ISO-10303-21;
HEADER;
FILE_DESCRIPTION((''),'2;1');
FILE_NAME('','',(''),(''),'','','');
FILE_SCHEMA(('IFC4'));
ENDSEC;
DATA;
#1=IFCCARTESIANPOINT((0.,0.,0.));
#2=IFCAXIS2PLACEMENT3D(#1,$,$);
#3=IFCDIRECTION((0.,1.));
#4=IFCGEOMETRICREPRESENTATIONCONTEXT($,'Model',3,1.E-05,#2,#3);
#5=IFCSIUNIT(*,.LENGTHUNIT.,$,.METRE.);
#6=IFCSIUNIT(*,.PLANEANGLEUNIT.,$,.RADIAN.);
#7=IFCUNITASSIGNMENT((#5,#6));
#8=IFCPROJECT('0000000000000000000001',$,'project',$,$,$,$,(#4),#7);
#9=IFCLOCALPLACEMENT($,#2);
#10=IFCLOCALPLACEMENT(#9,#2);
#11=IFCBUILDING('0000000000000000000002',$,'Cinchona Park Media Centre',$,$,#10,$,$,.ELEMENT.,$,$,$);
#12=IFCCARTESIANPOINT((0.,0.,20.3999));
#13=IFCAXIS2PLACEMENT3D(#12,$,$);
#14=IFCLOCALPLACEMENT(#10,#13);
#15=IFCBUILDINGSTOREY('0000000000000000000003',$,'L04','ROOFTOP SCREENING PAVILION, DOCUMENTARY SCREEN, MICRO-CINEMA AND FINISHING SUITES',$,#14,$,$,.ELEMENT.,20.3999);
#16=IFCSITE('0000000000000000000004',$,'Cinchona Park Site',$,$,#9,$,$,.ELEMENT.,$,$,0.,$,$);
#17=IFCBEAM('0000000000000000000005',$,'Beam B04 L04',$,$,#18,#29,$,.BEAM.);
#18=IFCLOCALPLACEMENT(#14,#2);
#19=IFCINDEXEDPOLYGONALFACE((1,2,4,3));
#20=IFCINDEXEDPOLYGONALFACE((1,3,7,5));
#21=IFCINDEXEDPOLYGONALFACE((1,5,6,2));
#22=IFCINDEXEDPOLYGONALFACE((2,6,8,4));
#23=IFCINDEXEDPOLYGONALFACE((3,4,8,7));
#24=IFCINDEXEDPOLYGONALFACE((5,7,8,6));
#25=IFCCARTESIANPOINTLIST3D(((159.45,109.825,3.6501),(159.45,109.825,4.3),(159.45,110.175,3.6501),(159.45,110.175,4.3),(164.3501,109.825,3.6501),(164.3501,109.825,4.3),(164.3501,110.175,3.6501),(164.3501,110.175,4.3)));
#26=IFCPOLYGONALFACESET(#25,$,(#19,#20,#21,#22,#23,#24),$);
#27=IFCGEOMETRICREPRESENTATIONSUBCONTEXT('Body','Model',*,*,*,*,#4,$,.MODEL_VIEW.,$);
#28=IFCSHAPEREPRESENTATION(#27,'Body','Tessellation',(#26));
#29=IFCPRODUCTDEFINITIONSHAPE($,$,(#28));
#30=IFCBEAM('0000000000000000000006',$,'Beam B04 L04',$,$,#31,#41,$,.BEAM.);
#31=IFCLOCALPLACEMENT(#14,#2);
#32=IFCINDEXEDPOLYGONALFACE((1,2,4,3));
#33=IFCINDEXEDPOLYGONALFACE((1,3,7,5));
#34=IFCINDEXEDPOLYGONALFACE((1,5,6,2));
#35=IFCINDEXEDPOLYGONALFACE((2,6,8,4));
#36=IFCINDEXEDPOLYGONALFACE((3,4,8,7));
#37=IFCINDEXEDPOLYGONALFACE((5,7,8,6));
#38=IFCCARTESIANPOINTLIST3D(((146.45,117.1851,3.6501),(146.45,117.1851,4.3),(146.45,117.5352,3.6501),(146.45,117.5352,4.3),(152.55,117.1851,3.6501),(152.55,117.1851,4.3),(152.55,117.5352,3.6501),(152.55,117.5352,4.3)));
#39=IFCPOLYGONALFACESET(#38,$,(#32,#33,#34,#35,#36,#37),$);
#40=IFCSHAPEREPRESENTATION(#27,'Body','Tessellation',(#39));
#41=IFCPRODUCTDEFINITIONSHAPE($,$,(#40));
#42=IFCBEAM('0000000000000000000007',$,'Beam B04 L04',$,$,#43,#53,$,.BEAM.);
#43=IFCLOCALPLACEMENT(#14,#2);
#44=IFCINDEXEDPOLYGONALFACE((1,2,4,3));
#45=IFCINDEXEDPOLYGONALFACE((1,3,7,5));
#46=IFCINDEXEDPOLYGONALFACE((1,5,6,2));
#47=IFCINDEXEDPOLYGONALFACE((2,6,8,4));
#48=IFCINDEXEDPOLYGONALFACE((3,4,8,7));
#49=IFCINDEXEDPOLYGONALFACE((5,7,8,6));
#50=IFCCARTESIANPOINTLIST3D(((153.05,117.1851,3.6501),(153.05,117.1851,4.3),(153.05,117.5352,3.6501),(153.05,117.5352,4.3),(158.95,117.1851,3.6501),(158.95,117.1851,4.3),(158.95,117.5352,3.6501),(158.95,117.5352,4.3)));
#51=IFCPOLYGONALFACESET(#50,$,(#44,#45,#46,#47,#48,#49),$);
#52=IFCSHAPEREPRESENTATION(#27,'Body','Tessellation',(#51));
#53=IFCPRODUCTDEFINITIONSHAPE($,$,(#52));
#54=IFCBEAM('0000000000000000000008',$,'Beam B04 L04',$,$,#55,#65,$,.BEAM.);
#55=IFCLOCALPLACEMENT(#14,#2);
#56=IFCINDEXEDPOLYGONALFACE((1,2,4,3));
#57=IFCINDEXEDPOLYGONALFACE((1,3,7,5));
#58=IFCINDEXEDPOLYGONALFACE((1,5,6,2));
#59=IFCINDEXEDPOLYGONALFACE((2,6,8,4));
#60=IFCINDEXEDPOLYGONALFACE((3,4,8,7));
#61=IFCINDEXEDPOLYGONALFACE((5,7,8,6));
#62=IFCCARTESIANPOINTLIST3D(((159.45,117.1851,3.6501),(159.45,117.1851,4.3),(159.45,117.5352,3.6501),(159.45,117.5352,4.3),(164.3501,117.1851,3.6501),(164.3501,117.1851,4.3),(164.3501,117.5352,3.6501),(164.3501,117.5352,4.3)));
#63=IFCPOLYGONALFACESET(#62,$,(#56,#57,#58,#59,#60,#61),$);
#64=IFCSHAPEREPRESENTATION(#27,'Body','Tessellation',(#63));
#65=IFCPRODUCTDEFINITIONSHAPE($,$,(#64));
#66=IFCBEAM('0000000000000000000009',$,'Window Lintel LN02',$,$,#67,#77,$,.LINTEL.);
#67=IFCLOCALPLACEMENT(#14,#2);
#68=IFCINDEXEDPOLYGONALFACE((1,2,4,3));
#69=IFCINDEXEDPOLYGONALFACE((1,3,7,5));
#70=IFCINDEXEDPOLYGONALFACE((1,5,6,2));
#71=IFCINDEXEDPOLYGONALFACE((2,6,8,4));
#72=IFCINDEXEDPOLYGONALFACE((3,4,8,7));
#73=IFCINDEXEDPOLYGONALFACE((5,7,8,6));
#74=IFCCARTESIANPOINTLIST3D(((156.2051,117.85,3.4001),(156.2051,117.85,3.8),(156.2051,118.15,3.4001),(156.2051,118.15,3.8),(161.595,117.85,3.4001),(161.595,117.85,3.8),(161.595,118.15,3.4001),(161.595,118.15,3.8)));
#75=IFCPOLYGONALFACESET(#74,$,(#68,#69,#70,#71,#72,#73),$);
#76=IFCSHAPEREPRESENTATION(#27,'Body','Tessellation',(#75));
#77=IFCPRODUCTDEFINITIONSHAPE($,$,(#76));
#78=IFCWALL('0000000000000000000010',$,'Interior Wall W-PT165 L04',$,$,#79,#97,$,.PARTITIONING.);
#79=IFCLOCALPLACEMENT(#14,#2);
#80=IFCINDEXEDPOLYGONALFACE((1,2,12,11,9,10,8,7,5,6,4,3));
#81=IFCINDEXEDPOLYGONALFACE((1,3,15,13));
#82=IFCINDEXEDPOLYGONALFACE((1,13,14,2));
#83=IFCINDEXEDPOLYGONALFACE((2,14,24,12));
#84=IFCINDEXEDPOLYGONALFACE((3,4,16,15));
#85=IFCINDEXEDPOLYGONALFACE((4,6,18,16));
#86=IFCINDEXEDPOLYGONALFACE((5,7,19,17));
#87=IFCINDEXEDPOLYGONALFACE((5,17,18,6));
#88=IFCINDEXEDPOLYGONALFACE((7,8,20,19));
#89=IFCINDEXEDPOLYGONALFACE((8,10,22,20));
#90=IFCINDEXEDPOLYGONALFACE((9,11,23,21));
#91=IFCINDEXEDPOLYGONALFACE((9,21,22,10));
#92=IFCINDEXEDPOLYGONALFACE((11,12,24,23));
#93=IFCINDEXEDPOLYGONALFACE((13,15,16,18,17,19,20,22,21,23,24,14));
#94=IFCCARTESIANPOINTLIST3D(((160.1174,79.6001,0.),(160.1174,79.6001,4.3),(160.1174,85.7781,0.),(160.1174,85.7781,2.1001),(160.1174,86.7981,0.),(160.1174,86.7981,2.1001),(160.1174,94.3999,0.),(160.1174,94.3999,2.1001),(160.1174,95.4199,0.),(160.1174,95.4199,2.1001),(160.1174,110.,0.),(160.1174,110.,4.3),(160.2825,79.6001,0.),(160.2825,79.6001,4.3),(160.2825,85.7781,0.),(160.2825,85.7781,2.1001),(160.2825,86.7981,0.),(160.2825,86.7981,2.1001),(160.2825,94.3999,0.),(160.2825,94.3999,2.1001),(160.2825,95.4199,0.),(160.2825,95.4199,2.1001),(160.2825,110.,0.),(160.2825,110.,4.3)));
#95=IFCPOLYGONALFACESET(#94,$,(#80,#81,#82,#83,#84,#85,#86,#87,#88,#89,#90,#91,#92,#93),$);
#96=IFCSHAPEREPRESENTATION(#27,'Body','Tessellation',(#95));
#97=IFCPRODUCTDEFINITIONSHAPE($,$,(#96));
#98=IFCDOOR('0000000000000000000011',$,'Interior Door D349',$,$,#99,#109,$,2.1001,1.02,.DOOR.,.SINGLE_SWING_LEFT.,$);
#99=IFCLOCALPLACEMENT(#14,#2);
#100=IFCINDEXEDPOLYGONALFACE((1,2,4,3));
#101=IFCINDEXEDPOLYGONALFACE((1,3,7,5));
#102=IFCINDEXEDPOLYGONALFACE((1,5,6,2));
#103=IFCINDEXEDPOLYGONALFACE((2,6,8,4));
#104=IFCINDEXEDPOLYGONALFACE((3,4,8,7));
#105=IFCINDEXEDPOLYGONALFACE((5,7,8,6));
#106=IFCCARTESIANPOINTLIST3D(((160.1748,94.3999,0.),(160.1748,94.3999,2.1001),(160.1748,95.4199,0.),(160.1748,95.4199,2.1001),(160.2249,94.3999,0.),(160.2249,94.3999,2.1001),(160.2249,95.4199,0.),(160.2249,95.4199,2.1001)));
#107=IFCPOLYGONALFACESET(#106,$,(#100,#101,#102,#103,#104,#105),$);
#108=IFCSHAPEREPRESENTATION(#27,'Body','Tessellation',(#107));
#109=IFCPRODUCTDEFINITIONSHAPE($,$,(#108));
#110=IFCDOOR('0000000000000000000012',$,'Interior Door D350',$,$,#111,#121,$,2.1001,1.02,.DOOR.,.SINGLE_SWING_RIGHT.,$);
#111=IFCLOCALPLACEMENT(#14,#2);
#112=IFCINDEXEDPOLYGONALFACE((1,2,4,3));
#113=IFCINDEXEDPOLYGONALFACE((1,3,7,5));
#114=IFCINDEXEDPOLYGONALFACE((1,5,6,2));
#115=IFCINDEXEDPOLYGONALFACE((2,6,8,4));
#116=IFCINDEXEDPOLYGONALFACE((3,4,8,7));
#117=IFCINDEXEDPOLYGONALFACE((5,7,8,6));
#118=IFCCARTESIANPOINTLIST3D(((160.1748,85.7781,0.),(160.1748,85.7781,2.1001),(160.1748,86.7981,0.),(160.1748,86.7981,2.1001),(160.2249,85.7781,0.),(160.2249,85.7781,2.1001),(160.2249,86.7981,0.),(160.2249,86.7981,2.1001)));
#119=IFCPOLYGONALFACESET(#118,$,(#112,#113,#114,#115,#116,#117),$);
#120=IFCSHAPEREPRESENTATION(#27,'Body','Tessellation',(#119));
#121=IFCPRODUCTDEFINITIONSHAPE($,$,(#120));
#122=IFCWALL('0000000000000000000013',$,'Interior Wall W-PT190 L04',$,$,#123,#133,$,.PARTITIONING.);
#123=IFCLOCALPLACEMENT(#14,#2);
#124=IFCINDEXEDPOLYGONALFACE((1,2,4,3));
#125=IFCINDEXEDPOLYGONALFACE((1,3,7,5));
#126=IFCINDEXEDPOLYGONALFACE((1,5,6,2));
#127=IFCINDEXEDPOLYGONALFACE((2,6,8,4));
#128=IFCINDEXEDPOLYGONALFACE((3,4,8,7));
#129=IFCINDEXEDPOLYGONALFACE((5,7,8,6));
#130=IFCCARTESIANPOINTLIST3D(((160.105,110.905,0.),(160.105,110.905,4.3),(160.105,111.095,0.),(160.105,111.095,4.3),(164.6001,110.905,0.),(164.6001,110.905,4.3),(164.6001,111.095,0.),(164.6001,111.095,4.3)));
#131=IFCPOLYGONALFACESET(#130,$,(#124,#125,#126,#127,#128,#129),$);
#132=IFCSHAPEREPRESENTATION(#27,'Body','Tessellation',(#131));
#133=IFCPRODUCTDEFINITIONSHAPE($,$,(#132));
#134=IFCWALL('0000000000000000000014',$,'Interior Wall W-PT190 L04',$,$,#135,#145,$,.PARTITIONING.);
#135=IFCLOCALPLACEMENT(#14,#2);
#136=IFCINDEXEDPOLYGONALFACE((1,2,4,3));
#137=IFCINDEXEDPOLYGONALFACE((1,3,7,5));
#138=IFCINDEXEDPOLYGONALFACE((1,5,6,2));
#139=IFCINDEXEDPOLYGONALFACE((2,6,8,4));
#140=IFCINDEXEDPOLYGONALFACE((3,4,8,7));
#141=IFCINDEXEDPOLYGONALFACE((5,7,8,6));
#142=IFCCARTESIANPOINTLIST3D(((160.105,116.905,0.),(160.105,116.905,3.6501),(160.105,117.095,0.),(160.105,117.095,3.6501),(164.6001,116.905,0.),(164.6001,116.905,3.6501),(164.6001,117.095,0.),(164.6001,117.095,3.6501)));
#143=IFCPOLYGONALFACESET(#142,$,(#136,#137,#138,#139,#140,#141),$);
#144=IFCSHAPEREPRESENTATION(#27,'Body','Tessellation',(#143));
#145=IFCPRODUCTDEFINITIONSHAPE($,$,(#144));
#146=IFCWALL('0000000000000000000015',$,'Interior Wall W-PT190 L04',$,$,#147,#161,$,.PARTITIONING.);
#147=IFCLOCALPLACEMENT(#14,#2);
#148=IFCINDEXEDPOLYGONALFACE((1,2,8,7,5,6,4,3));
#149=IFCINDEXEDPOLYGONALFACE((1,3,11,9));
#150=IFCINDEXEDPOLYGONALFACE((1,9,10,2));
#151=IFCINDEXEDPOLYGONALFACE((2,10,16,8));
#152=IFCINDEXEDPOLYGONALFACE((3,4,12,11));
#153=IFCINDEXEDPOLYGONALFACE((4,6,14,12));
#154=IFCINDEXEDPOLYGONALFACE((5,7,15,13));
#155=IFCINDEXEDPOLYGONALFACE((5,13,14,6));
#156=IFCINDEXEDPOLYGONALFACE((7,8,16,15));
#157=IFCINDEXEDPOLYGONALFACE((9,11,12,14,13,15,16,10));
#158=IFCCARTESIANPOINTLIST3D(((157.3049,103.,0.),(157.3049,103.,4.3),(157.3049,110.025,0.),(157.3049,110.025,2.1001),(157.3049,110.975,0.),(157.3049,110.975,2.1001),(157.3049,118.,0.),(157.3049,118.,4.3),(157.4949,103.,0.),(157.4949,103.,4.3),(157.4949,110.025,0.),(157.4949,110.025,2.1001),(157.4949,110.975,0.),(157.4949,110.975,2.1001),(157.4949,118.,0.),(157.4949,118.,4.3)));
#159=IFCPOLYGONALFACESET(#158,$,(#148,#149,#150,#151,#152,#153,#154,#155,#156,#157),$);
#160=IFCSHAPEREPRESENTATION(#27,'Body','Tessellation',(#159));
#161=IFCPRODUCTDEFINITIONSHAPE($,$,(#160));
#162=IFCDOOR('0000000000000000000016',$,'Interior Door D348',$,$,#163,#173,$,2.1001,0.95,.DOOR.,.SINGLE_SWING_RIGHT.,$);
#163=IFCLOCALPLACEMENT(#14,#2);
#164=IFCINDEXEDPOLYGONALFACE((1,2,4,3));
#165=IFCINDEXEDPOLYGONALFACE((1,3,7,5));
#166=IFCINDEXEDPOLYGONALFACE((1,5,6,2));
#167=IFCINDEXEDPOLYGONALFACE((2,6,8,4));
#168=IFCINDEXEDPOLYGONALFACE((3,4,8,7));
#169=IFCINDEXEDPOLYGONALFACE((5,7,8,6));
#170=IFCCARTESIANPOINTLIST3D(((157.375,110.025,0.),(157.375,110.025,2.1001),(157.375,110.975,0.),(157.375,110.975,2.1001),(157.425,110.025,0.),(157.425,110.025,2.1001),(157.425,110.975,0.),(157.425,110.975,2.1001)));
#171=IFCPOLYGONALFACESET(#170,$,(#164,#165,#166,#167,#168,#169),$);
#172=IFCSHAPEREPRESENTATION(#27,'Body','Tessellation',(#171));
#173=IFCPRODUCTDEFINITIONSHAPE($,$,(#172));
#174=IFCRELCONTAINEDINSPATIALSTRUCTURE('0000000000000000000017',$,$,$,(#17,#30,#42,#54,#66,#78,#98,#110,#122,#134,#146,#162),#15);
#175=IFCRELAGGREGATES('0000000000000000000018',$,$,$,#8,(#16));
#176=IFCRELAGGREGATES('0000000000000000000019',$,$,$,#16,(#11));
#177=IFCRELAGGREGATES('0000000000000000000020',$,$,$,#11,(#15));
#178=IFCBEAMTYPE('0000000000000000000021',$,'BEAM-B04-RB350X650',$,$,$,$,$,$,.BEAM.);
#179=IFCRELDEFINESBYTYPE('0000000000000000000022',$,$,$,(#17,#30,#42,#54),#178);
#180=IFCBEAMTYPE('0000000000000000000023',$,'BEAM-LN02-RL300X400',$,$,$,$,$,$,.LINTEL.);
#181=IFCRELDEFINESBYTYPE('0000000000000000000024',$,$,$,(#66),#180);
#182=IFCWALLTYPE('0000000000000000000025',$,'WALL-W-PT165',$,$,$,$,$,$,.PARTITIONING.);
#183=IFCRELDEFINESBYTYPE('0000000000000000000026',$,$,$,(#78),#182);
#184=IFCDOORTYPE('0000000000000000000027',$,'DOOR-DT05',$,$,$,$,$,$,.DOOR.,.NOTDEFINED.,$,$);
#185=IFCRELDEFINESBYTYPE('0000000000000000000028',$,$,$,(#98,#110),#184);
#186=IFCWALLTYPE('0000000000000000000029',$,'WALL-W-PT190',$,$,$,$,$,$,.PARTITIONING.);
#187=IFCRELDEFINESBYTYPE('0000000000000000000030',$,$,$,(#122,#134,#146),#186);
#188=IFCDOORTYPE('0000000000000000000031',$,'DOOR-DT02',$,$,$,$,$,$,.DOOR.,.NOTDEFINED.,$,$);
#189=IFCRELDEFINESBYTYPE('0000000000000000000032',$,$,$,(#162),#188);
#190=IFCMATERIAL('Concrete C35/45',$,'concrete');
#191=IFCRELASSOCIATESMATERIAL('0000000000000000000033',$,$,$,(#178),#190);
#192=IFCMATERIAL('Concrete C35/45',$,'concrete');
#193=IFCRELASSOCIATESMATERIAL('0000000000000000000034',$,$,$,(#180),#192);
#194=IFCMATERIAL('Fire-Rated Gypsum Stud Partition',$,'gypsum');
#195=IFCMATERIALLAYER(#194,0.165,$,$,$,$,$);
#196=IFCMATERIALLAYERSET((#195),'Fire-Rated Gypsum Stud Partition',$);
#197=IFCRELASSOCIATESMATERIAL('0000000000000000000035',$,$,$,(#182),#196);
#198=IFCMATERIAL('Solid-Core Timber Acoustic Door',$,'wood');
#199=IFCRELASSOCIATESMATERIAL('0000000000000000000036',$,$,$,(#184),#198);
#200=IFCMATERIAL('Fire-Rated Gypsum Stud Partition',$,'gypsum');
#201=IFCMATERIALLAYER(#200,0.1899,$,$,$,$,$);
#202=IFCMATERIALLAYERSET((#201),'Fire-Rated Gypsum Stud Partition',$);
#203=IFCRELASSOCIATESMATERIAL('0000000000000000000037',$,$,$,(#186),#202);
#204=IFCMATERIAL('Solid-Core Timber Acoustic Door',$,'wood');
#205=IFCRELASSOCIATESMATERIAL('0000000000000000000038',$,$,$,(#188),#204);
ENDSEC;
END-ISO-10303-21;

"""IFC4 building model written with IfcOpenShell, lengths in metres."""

from ifc_helpers import new_model, si_unit, direction, frame, frame_2d, origin, origin_2d, place, context, subcontext, project, spatial, rectangle, extrude, material, layer, layer_set, material_profile, profile_set, type_object, element, fill, save


model = new_model("IFC4")

# Units and contexts
model_context = context("Model", 3, precision=1e-05, world=origin(), true_north=direction((0.0, 1.0)))
body_context = subcontext(model_context, "Body", "Model", "MODEL_VIEW")
ifc_project = project(units=[si_unit("LENGTHUNIT", "METRE"), si_unit("PLANEANGLEUNIT", "RADIAN")], contexts=[model_context])

# Site, building, storey
site_placement = place(None, origin())
site = spatial("IfcSite", under=ifc_project, at=site_placement, Name="Cinchona Park Site", CompositionType="ELEMENT", RefElevation=0.0)
building_placement = place(site_placement, origin())
building = spatial("IfcBuilding", under=site, at=building_placement, Name="Cinchona Park Media Centre", CompositionType="ELEMENT")
storey_placement = place(building_placement, frame((0.0, 0.0, 20.3999)))
storey = spatial("IfcBuildingStorey", under=building, at=storey_placement, Name="L04", Description="ROOFTOP SCREENING PAVILION, DOCUMENTARY SCREEN, MICRO-CINEMA AND FINISHING SUITES", CompositionType="ELEMENT", Elevation=20.3999)

# Beams
ifc_material_1 = material(Name="Concrete C35/45", Category="concrete")
ifc_material_profile_1 = material_profile(ifc_material_1, rectangle(XDim=0.3501, YDim=0.6499, at=origin_2d()), Name="RB 350X650")
ifc_profile_set_1 = profile_set([ifc_material_profile_1], Name="Concrete C35/45")
beam_type_1 = type_object("IfcBeamType", Name="BEAM-B04-RB350X650", PredefinedType="BEAM", material=ifc_profile_set_1)
beam_1_placement = place(storey_placement, frame((159.45, 110.0, 3.9751), z_axis=(1.0, 0.0, 0.0), x_axis=(0.0, 1.0, 0.0)))
element("IfcBeam", 1, at=beam_1_placement, inside=storey, type_object=beam_type_1, Name="Beam B04 L04", PredefinedType="BEAM", context=body_context, shape_type="SweptSolid", body=[
    extrude(rectangle(XDim=0.3501, YDim=0.6499, at=origin_2d()), origin(), (0.0, 0.0, 1.0), 4.9001),
])
beam_2_placement = place(storey_placement, frame((146.45, 117.3601, 3.9751), z_axis=(1.0, 0.0, 0.0), x_axis=(0.0, 1.0, 0.0)))
element("IfcBeam", 2, at=beam_2_placement, inside=storey, type_object=beam_type_1, Name="Beam B04 L04", PredefinedType="BEAM", context=body_context, shape_type="SweptSolid", body=[
    extrude(rectangle(XDim=0.3501, YDim=0.6499, at=origin_2d()), origin(), (0.0, 0.0, 1.0), 6.1001),
])
beam_3_placement = place(storey_placement, frame((153.05, 117.3601, 3.9751), z_axis=(1.0, 0.0, 0.0), x_axis=(0.0, 1.0, 0.0)))
element("IfcBeam", 3, at=beam_3_placement, inside=storey, type_object=beam_type_1, Name="Beam B04 L04", PredefinedType="BEAM", context=body_context, shape_type="SweptSolid", body=[
    extrude(rectangle(XDim=0.3501, YDim=0.6499, at=origin_2d()), origin(), (0.0, 0.0, 1.0), 5.8999),
])
beam_4_placement = place(storey_placement, frame((159.45, 117.3601, 3.9751), z_axis=(1.0, 0.0, 0.0), x_axis=(0.0, 1.0, 0.0)))
element("IfcBeam", 4, at=beam_4_placement, inside=storey, type_object=beam_type_1, Name="Beam B04 L04", PredefinedType="BEAM", context=body_context, shape_type="SweptSolid", body=[
    extrude(rectangle(XDim=0.3501, YDim=0.6499, at=origin_2d()), origin(), (0.0, 0.0, 1.0), 4.9001),
])
ifc_material_2 = material(Name="Concrete C35/45", Category="concrete")
ifc_material_profile_2 = material_profile(ifc_material_2, rectangle(XDim=0.3, YDim=0.3999, at=origin_2d()), Name="RL 300X400")
ifc_profile_set_2 = profile_set([ifc_material_profile_2], Name="Concrete C35/45")
beam_type_2 = type_object("IfcBeamType", Name="BEAM-LN02-RL300X400", PredefinedType="LINTEL", material=ifc_profile_set_2)
beam_5_placement = place(storey_placement, frame((156.2051, 118.0, 3.6001), z_axis=(1.0, 0.0, 0.0), x_axis=(0.0, 1.0, 0.0)))
element("IfcBeam", 5, at=beam_5_placement, inside=storey, type_object=beam_type_2, Name="Window Lintel LN02", PredefinedType="LINTEL", context=body_context, shape_type="SweptSolid", body=[
    extrude(rectangle(XDim=0.3, YDim=0.3999, at=origin_2d()), origin(), (0.0, 0.0, 1.0), 5.3899),
])

# Wall, openings, doors
ifc_material_3 = material(Name="Fire-Rated Gypsum Stud Partition", Category="gypsum")
ifc_layer_1 = layer(ifc_material_3, 0.165)
ifc_layer_set_1 = layer_set([ifc_layer_1], Name="Fire-Rated Gypsum Stud Partition")
wall_type_1 = type_object("IfcWallType", Name="WALL-W-PT165", PredefinedType="PARTITIONING", material=ifc_layer_set_1)
wall_1_placement = place(storey_placement, frame((160.2, 110.0, 0.0), z_axis=(0.0, 0.0, 1.0), x_axis=(0.0, -1.0, 0.0)))
wall_1 = element("IfcWall", 6, at=wall_1_placement, inside=storey, type_object=wall_type_1, Name="Interior Wall W-PT165 L04", PredefinedType="PARTITIONING", context=body_context, shape_type="SweptSolid", body=[
    extrude(rectangle(XDim=30.3999, YDim=0.165, at=frame_2d((15.2, 0.0))), origin(), (0.0, 0.0, 1.0), 4.3),
])
opening_1_placement = place(wall_1_placement, frame((14.5801, 0.0, 0.0)))
opening_1 = element("IfcOpeningElement", 7, at=opening_1_placement, cuts=wall_1, PredefinedType="OPENING", context=body_context, shape_type="SweptSolid", body=[
    extrude(rectangle(XDim=1.02, YDim=2.1001, at=frame_2d((0.51, 1.05))), frame((0.0, 0.0925, 0.0), z_axis=(0.0, -1.0, 0.0), x_axis=(1.0, 0.0, 0.0)), (0.0, 0.0, 1.0), 0.1851),
])
opening_2_placement = place(wall_1_placement, frame((23.2019, 0.0, 0.0)))
opening_2 = element("IfcOpeningElement", 8, at=opening_2_placement, cuts=wall_1, PredefinedType="OPENING", context=body_context, shape_type="SweptSolid", body=[
    extrude(rectangle(XDim=1.02, YDim=2.1001, at=frame_2d((0.51, 1.05))), frame((0.0, 0.0925, 0.0), z_axis=(0.0, -1.0, 0.0), x_axis=(1.0, 0.0, 0.0)), (0.0, 0.0, 1.0), 0.1851),
])
ifc_material_4 = material(Name="Solid-Core Timber Acoustic Door", Category="wood")
door_type_1 = type_object("IfcDoorType", Name="DOOR-DT05", OperationType="NOTDEFINED", PredefinedType="DOOR", material=ifc_material_4)
door_1_placement = place(opening_1_placement, origin())
door_1 = element("IfcDoor", 9, at=door_1_placement, inside=storey, type_object=door_type_1, Name="Interior Door D349", OperationType="SINGLE_SWING_LEFT", OverallHeight=2.1001, OverallWidth=1.02, PredefinedType="DOOR", context=body_context, shape_type="SweptSolid", body=[
    extrude(rectangle(XDim=1.02, YDim=2.1001, at=frame_2d((0.51, 1.05))), frame((0.0, 0.0249, 0.0), z_axis=(0.0, -1.0, 0.0), x_axis=(1.0, 0.0, 0.0)), (0.0, 0.0, 1.0), 0.05),
])
fill(opening_1, door_1)
door_2_placement = place(opening_2_placement, origin())
door_2 = element("IfcDoor", 10, at=door_2_placement, inside=storey, type_object=door_type_1, Name="Interior Door D350", OperationType="SINGLE_SWING_RIGHT", OverallHeight=2.1001, OverallWidth=1.02, PredefinedType="DOOR", context=body_context, shape_type="SweptSolid", body=[
    extrude(rectangle(XDim=1.02, YDim=2.1001, at=frame_2d((0.51, 1.05))), frame((0.0, 0.0249, 0.0), z_axis=(0.0, -1.0, 0.0), x_axis=(1.0, 0.0, 0.0)), (0.0, 0.0, 1.0), 0.05),
])
fill(opening_2, door_2)

# Walls
ifc_material_5 = material(Name="Fire-Rated Gypsum Stud Partition", Category="gypsum")
ifc_layer_2 = layer(ifc_material_5, 0.1899)
ifc_layer_set_2 = layer_set([ifc_layer_2], Name="Fire-Rated Gypsum Stud Partition")
wall_type_2 = type_object("IfcWallType", Name="WALL-W-PT190", PredefinedType="PARTITIONING", material=ifc_layer_set_2)
wall_2_placement = place(storey_placement, frame((160.105, 111.0, 0.0), z_axis=(0.0, 0.0, 1.0), x_axis=(1.0, 0.0, 0.0)))
element("IfcWall", 11, at=wall_2_placement, inside=storey, type_object=wall_type_2, Name="Interior Wall W-PT190 L04", PredefinedType="PARTITIONING", context=body_context, shape_type="SweptSolid", body=[
    extrude(rectangle(XDim=4.4951, YDim=0.1899, at=frame_2d((2.2476, 0.0))), origin(), (0.0, 0.0, 1.0), 4.3),
])
wall_3_placement = place(storey_placement, frame((160.105, 117.0, 0.0), z_axis=(0.0, 0.0, 1.0), x_axis=(1.0, 0.0, 0.0)))
element("IfcWall", 12, at=wall_3_placement, inside=storey, type_object=wall_type_2, Name="Interior Wall W-PT190 L04", PredefinedType="PARTITIONING", context=body_context, shape_type="SweptSolid", body=[
    extrude(rectangle(XDim=4.4951, YDim=0.1899, at=frame_2d((2.2476, 0.0))), origin(), (0.0, 0.0, 1.0), 3.6501),
])

# Wall, opening, door
wall_4_placement = place(storey_placement, frame((157.3999, 103.0, 0.0), z_axis=(0.0, 0.0, 1.0), x_axis=(0.0, 1.0, 0.0)))
wall_4 = element("IfcWall", 13, at=wall_4_placement, inside=storey, type_object=wall_type_2, Name="Interior Wall W-PT190 L04", PredefinedType="PARTITIONING", context=body_context, shape_type="SweptSolid", body=[
    extrude(rectangle(XDim=15.0, YDim=0.1899, at=frame_2d((7.5, 0.0))), origin(), (0.0, 0.0, 1.0), 4.3),
])
opening_3_placement = place(wall_4_placement, frame((7.0249, 0.0, 0.0)))
opening_3 = element("IfcOpeningElement", 14, at=opening_3_placement, cuts=wall_4, PredefinedType="OPENING", context=body_context, shape_type="SweptSolid", body=[
    extrude(rectangle(XDim=0.95, YDim=2.1001, at=frame_2d((0.4751, 1.05))), frame((0.0, 0.105, 0.0), z_axis=(0.0, -1.0, 0.0), x_axis=(1.0, 0.0, 0.0)), (0.0, 0.0, 1.0), 0.21),
])
ifc_material_6 = material(Name="Solid-Core Timber Acoustic Door", Category="wood")
door_type_2 = type_object("IfcDoorType", Name="DOOR-DT02", OperationType="NOTDEFINED", PredefinedType="DOOR", material=ifc_material_6)
door_3_placement = place(opening_3_placement, origin())
door_3 = element("IfcDoor", 15, at=door_3_placement, inside=storey, type_object=door_type_2, Name="Interior Door D348", OperationType="SINGLE_SWING_RIGHT", OverallHeight=2.1001, OverallWidth=0.95, PredefinedType="DOOR", context=body_context, shape_type="SweptSolid", body=[
    extrude(rectangle(XDim=0.95, YDim=2.1001, at=frame_2d((0.4751, 1.05))), frame((0.0, 0.0249, 0.0), z_axis=(0.0, -1.0, 0.0), x_axis=(1.0, 0.0, 0.0)), (0.0, 0.0, 1.0), 0.05),
])
fill(opening_3, door_3)

save(model, "model.ifc")
